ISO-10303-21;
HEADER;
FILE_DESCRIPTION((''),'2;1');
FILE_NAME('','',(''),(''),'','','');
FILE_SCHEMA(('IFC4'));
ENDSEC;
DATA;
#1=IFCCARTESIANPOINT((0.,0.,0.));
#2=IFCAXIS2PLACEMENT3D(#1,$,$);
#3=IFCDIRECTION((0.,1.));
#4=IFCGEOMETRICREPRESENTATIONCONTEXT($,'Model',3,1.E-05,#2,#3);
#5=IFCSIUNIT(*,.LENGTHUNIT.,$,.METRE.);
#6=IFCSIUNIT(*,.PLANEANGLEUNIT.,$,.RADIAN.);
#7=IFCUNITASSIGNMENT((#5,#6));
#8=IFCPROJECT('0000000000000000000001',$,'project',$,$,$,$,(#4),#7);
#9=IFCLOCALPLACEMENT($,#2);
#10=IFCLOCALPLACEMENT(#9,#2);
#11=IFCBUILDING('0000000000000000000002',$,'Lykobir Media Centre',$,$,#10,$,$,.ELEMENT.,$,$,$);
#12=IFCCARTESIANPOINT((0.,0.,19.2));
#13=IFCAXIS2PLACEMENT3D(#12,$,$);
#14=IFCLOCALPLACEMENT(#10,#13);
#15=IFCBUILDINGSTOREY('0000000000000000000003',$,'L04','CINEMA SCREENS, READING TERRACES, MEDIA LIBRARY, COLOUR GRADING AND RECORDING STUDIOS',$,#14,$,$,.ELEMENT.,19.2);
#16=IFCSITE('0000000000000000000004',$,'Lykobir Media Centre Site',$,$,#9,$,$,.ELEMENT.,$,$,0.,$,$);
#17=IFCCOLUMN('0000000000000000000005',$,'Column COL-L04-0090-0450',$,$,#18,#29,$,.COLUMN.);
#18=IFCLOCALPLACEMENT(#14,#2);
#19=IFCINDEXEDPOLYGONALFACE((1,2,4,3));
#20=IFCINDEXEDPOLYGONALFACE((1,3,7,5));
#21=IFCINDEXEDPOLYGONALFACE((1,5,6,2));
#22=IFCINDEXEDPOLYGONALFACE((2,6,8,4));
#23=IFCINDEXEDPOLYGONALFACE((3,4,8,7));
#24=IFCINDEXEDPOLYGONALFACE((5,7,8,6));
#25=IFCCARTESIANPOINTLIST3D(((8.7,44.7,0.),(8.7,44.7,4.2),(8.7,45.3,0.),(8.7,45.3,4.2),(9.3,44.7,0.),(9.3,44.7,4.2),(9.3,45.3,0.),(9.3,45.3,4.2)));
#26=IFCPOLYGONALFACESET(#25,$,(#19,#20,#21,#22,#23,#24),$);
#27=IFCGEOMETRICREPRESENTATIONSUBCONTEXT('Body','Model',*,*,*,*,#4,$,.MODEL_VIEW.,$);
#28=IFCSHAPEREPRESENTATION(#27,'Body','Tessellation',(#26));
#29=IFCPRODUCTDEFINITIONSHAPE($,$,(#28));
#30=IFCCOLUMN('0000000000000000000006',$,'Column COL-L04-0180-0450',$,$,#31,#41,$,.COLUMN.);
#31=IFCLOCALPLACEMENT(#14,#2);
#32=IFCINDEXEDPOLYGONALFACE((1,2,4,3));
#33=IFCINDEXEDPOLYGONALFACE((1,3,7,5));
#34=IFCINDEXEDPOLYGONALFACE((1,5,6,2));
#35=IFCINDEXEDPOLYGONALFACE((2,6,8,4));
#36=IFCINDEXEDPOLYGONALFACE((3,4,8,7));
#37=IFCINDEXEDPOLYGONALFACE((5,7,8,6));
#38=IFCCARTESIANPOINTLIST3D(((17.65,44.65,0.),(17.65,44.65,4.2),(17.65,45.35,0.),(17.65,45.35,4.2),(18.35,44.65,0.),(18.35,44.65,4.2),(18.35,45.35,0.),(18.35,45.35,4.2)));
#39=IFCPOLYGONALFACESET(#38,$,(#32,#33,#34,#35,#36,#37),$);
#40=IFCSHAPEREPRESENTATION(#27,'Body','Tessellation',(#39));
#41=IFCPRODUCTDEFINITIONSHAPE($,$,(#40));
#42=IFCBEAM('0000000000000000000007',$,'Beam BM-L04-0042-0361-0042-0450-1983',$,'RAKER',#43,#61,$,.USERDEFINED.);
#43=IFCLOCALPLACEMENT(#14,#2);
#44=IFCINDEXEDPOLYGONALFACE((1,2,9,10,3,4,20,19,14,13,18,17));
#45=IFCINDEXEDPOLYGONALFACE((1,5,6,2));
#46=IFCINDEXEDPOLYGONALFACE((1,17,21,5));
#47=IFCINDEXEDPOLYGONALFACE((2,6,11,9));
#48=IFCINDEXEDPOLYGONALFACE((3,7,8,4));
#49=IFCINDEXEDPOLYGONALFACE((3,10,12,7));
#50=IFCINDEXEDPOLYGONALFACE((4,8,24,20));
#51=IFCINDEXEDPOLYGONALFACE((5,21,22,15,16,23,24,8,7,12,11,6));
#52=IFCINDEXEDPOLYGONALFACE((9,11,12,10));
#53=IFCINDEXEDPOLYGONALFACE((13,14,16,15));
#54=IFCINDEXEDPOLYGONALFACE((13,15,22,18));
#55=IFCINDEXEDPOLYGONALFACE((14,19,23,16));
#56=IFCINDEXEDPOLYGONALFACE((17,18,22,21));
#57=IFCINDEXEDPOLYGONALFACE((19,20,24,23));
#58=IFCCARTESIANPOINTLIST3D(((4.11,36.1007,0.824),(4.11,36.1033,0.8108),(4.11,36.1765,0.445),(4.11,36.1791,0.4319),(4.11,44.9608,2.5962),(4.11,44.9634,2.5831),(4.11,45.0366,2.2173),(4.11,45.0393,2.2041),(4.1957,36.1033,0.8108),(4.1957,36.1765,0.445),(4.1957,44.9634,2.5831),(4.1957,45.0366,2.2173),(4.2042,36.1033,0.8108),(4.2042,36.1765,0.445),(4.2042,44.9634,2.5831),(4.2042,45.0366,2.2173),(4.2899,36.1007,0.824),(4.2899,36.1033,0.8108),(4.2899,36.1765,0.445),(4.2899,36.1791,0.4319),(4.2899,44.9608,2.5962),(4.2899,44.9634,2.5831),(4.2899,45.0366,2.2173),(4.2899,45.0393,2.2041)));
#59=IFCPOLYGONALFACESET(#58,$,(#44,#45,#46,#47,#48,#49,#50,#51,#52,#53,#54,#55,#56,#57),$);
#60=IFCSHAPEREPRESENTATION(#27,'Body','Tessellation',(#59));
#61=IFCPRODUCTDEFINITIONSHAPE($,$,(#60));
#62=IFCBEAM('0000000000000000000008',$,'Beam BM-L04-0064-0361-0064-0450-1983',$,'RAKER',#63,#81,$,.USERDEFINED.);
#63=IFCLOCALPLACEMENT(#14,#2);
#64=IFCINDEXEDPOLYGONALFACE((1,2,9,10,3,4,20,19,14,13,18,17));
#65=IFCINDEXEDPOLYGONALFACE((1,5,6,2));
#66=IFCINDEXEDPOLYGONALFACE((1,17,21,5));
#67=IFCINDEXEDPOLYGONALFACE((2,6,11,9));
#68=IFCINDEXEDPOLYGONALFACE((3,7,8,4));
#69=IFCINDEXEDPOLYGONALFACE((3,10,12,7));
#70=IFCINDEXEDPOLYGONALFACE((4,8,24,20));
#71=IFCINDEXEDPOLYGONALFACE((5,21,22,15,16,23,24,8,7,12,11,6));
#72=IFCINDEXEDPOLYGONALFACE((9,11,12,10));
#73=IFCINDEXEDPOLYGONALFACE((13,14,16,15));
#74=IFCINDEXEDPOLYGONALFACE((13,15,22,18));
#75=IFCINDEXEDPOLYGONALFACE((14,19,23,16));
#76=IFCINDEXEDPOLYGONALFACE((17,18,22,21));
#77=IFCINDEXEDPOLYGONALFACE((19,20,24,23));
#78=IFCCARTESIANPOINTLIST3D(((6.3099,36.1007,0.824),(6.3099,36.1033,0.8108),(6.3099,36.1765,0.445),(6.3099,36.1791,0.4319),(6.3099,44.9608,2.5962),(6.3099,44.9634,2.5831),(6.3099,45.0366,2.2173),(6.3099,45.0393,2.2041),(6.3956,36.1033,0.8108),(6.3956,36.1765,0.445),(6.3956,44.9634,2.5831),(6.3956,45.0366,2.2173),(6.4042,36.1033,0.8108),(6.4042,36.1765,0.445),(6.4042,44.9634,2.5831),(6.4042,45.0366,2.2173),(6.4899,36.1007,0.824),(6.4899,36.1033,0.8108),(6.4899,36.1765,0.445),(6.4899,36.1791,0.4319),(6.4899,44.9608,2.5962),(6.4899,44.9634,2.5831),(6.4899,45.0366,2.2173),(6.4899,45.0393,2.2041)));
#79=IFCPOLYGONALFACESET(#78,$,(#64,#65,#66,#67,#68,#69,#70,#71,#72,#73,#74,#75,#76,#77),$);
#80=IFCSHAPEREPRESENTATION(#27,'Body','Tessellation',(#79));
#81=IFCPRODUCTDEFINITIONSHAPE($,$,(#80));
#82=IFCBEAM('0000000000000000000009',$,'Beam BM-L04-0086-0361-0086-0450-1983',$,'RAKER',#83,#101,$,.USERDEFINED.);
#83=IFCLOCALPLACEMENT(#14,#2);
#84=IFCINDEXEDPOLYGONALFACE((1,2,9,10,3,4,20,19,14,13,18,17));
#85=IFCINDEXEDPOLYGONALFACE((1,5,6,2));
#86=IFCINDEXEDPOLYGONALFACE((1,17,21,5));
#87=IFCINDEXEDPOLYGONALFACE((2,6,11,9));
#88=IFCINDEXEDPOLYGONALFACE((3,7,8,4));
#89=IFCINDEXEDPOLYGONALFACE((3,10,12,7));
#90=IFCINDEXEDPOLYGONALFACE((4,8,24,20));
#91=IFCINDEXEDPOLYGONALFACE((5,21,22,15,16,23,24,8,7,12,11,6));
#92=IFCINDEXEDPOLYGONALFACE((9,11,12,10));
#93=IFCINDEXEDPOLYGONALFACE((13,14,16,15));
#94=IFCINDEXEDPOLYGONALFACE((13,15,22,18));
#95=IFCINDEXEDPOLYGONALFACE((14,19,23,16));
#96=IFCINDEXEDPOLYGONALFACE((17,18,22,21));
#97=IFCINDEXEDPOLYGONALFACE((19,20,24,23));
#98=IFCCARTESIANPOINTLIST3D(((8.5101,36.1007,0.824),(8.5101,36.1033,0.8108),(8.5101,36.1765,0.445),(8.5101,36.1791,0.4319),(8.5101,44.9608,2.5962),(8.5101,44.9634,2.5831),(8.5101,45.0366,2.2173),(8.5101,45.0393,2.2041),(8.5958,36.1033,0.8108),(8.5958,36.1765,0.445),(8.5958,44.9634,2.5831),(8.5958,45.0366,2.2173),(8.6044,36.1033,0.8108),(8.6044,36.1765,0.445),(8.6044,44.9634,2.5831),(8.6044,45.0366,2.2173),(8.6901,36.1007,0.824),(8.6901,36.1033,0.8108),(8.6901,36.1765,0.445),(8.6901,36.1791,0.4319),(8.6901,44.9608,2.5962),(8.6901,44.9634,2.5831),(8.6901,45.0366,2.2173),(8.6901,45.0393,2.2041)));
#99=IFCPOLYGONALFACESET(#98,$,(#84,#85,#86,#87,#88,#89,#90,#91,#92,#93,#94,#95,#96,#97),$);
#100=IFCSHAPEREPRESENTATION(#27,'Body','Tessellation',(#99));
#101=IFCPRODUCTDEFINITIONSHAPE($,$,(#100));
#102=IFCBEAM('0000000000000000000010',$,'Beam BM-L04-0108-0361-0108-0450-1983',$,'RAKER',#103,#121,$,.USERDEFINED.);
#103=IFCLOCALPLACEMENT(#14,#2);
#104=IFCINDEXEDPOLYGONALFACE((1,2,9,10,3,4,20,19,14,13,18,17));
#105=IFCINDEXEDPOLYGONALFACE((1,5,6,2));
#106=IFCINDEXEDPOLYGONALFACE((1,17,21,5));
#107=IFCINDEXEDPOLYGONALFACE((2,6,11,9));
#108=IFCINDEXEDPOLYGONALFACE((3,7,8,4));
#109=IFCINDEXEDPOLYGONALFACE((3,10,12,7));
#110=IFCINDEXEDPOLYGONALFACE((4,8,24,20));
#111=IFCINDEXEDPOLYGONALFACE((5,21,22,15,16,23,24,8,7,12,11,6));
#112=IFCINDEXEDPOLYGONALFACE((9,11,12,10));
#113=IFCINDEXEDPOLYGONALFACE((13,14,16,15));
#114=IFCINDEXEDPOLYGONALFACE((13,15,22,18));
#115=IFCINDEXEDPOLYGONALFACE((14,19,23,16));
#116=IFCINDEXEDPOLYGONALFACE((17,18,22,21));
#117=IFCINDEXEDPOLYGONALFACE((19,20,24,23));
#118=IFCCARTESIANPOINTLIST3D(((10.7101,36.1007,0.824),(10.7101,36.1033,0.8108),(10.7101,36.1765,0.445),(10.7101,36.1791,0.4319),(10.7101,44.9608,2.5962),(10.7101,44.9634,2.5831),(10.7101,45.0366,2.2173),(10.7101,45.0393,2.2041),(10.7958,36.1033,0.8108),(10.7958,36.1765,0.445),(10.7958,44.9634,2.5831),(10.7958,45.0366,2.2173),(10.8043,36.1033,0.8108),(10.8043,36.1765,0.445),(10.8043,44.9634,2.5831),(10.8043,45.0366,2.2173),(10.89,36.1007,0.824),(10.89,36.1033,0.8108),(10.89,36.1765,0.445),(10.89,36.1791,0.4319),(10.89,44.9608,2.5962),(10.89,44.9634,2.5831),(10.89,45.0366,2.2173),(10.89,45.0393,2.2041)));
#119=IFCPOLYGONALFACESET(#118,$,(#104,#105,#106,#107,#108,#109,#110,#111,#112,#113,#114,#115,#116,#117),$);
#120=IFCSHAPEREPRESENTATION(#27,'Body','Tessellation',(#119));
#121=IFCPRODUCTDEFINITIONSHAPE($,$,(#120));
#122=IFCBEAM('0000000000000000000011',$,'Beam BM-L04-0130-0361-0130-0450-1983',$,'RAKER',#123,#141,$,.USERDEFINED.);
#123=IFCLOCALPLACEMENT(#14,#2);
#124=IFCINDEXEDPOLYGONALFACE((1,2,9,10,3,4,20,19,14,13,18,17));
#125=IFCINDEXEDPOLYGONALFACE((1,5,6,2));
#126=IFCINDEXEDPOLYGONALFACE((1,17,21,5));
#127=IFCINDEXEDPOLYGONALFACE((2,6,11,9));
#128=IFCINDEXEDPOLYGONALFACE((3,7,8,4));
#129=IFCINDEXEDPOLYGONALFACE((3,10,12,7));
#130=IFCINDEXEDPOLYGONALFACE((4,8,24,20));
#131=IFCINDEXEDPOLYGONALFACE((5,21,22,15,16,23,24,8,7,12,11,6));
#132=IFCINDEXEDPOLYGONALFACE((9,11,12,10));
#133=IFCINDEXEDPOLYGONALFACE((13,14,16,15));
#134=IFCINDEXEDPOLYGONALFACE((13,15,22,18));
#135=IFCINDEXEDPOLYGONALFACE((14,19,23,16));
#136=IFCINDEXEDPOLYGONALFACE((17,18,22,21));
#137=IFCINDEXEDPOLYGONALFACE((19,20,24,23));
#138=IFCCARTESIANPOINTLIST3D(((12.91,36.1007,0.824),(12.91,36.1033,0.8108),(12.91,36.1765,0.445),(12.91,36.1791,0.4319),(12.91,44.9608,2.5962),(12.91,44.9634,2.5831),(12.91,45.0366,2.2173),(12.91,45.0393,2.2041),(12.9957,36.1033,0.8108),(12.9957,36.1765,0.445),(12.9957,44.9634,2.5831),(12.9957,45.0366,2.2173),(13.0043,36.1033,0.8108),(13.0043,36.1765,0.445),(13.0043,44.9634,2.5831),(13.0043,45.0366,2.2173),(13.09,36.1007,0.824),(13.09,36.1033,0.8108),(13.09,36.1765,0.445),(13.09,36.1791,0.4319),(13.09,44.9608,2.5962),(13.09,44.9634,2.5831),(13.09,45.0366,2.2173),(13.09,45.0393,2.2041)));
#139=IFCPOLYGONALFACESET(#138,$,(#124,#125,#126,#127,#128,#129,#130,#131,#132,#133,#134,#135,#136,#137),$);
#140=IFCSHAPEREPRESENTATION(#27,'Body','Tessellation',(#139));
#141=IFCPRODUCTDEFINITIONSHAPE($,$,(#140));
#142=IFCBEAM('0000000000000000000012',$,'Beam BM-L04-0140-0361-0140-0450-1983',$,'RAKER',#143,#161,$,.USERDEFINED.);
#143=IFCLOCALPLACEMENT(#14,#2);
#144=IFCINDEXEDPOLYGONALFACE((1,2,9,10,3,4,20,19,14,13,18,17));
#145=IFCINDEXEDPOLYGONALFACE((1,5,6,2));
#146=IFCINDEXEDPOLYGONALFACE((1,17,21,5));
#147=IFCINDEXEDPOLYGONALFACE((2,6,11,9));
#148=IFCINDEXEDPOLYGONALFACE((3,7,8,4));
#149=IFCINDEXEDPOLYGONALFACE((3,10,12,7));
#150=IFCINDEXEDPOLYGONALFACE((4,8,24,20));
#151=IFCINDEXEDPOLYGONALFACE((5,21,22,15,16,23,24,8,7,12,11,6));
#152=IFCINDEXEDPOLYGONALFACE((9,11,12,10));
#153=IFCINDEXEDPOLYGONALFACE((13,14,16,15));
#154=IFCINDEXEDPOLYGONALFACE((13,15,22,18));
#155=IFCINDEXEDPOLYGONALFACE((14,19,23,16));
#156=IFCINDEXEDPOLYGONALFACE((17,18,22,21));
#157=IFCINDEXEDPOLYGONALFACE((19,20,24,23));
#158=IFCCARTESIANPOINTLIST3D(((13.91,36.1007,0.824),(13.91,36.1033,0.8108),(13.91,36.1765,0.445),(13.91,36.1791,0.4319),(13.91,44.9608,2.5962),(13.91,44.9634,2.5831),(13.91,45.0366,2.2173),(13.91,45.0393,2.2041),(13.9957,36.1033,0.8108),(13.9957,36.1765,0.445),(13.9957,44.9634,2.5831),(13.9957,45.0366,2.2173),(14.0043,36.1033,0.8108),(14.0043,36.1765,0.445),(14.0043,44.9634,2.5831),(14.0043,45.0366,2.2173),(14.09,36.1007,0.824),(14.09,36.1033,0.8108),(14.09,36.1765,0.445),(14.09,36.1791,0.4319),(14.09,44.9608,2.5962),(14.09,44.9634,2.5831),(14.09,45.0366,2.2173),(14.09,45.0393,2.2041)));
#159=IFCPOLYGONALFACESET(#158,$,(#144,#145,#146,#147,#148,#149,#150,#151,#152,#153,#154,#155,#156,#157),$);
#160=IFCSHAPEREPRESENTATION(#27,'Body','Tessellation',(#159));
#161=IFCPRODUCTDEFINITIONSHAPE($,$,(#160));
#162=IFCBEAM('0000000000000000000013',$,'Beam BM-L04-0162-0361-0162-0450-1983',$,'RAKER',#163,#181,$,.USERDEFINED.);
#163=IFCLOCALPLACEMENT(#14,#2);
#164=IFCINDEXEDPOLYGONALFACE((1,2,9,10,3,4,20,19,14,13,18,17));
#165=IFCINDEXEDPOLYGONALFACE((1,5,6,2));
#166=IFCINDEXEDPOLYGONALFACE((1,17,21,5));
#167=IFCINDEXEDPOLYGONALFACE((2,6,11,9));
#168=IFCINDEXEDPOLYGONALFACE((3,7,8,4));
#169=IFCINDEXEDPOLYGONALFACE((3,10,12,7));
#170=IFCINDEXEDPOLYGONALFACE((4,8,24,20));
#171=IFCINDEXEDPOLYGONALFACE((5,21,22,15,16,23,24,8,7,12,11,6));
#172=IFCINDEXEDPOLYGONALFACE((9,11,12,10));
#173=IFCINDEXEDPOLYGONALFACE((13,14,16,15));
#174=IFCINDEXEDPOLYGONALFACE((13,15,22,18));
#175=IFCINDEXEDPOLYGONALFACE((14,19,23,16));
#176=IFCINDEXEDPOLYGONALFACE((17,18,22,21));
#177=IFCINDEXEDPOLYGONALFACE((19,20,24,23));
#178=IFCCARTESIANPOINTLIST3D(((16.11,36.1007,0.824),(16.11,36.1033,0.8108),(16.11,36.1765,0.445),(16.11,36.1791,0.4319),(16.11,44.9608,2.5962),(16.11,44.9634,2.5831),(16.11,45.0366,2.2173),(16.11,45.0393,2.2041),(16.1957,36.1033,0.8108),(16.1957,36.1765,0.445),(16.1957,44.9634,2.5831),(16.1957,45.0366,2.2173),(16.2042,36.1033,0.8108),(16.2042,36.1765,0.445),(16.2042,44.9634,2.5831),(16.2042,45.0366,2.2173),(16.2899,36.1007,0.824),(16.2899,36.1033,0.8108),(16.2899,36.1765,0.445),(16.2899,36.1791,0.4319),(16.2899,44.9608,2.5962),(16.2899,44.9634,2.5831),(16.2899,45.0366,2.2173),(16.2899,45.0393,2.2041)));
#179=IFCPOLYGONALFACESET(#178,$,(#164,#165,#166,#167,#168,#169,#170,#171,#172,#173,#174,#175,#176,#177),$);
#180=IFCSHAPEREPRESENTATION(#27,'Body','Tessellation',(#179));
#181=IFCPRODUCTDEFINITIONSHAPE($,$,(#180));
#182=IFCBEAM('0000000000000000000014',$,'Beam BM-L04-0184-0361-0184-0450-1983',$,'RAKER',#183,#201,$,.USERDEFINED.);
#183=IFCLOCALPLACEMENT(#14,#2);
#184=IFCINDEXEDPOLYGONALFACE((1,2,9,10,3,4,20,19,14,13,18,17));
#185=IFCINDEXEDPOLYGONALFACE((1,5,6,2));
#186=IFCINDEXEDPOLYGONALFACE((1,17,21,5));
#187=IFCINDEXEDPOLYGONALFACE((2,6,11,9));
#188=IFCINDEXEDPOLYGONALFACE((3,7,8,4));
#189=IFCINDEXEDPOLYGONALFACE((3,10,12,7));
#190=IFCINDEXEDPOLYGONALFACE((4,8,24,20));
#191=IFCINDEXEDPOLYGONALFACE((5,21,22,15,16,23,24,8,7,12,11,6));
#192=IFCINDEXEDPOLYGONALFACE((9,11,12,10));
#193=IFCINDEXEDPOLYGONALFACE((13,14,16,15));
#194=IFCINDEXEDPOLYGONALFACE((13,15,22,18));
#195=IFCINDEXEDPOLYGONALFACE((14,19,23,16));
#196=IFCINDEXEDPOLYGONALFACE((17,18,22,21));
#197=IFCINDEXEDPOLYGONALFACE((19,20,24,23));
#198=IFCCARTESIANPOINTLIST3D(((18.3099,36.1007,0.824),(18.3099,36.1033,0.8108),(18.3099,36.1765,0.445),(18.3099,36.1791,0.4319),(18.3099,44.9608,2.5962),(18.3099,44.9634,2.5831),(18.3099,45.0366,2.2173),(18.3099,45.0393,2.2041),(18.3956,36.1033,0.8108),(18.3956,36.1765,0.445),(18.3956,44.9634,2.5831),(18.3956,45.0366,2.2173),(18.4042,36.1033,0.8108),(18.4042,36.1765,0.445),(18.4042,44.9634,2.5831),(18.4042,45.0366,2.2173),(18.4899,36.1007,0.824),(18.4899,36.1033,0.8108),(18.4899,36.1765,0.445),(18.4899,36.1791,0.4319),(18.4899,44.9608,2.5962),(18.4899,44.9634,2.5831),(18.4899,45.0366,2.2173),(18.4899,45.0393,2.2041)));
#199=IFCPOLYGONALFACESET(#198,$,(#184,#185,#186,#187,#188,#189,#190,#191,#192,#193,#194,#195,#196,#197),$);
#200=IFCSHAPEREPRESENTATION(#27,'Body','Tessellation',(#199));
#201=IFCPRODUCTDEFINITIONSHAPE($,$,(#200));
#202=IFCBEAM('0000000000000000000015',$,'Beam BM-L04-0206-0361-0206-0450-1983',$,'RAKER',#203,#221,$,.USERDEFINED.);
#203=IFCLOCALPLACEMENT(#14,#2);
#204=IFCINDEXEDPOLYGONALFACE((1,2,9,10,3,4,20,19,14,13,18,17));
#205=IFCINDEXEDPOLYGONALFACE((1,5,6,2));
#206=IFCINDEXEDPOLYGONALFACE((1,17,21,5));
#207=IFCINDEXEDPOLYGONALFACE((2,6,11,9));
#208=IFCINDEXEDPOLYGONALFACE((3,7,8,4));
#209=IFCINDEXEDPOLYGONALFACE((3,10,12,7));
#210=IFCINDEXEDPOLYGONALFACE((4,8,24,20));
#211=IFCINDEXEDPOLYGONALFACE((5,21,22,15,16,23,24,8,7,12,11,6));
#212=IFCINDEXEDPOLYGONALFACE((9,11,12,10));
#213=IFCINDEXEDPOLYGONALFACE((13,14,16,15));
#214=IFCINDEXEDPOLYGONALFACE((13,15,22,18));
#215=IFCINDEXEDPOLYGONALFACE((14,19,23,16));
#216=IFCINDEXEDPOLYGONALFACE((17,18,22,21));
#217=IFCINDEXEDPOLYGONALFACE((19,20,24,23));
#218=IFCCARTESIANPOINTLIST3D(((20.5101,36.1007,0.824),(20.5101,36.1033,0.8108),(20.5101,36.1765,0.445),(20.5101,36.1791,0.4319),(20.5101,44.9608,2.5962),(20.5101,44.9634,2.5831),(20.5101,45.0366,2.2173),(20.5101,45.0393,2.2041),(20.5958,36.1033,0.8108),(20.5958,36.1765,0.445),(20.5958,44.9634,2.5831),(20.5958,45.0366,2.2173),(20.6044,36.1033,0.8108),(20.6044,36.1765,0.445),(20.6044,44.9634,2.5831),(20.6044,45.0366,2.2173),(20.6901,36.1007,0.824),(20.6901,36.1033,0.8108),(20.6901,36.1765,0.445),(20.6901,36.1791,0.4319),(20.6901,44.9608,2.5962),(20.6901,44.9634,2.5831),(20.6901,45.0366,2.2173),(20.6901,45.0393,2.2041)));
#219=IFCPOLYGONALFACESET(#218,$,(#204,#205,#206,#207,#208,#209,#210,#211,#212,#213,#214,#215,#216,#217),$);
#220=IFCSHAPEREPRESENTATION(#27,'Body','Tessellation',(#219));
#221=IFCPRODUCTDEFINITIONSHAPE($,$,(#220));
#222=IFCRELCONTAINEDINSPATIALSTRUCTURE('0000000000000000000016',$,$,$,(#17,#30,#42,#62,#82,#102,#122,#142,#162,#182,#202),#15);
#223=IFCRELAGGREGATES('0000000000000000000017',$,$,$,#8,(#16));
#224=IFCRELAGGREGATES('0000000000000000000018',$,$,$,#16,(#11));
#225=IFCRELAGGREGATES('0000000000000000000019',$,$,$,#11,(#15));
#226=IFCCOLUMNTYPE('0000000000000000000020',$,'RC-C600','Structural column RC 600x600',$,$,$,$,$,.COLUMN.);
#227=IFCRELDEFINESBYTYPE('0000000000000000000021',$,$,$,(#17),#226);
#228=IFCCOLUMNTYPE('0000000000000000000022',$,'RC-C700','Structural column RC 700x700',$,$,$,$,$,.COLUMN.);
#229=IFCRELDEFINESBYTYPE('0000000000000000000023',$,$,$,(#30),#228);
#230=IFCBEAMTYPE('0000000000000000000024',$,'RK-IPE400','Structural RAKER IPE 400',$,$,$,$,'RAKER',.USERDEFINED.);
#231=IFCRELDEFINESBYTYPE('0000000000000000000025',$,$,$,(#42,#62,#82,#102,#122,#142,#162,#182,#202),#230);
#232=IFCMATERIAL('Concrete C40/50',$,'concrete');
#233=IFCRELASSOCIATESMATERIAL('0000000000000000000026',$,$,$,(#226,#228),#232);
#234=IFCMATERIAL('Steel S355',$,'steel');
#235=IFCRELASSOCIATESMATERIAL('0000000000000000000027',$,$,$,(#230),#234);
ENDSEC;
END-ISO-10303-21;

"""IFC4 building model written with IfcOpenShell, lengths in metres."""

from ifc_helpers import new_model, si_unit, direction, frame, origin, origin_2d, place, context, subcontext, project, spatial, rectangle, i_section, extrude, material, material_profile, profile_set, type_object, element, save


model = new_model("IFC4")

# Units and contexts
model_context = context("Model", 3, precision=1e-05, world=origin(), true_north=direction((0.0, 1.0)))
body_context = subcontext(model_context, "Body", "Model", "MODEL_VIEW")
ifc_project = project(units=[si_unit("LENGTHUNIT", "METRE"), si_unit("PLANEANGLEUNIT", "RADIAN")], contexts=[model_context])

# Site, building, storey
site_placement = place(None, origin())
site = spatial("IfcSite", under=ifc_project, at=site_placement, Name="Lykobir Media Centre Site", CompositionType="ELEMENT", RefElevation=0.0)
building_placement = place(site_placement, origin())
building = spatial("IfcBuilding", under=site, at=building_placement, Name="Lykobir Media Centre", CompositionType="ELEMENT")
storey_placement = place(building_placement, frame((0.0, 0.0, 19.2)))
storey = spatial("IfcBuildingStorey", under=building, at=storey_placement, Name="L04", Description="CINEMA SCREENS, READING TERRACES, MEDIA LIBRARY, COLOUR GRADING AND RECORDING STUDIOS", CompositionType="ELEMENT", Elevation=19.2)

# Columns
ifc_material_1 = material(Name="Concrete C40/50", Category="concrete")
ifc_material_profile_1 = material_profile(ifc_material_1, rectangle(XDim=0.6001, YDim=0.6001, at=origin_2d()), Name="RC 600x600")
ifc_profile_set_1 = profile_set([ifc_material_profile_1], Name="Concrete C40/50")
column_type_1 = type_object("IfcColumnType", Name="RC-C600", Description="Structural column RC 600x600", PredefinedType="COLUMN", material=ifc_profile_set_1)
column_1_placement = place(storey_placement, frame((9.0, 45.0, 0.0), z_axis=(0.0, 0.0, 1.0), x_axis=(1.0, 0.0, 0.0)))
element("IfcColumn", 1, at=column_1_placement, inside=storey, type_object=column_type_1, Name="Column COL-L04-0090-0450", PredefinedType="COLUMN", context=body_context, shape_type="SweptSolid", body=[
    extrude(rectangle(XDim=0.6001, YDim=0.6001, at=origin_2d()), origin(), (0.0, 0.0, 1.0), 4.2),
])
ifc_material_profile_2 = material_profile(ifc_material_1, rectangle(XDim=0.7, YDim=0.7, at=origin_2d()), Name="RC 700x700")
ifc_profile_set_2 = profile_set([ifc_material_profile_2], Name="Concrete C40/50")
column_type_2 = type_object("IfcColumnType", Name="RC-C700", Description="Structural column RC 700x700", PredefinedType="COLUMN", material=ifc_profile_set_2)
column_2_placement = place(storey_placement, frame((18.0, 45.0, 0.0), z_axis=(0.0, 0.0, 1.0), x_axis=(1.0, 0.0, 0.0)))
element("IfcColumn", 2, at=column_2_placement, inside=storey, type_object=column_type_2, Name="Column COL-L04-0180-0450", PredefinedType="COLUMN", context=body_context, shape_type="SweptSolid", body=[
    extrude(rectangle(XDim=0.7, YDim=0.7, at=origin_2d()), origin(), (0.0, 0.0, 1.0), 4.2),
])

# Beams
ifc_material_2 = material(Name="Steel S355", Category="steel")
ifc_material_profile_3 = material_profile(ifc_material_2, i_section(OverallWidth=0.1799, OverallDepth=0.3999, WebThickness=0.0085, FlangeThickness=0.0134, at=origin_2d()), Name="IPE 400")
ifc_profile_set_3 = profile_set([ifc_material_profile_3], Name="Steel S355")
beam_type = type_object("IfcBeamType", Name="RK-IPE400", Description="Structural RAKER IPE 400", ElementType="RAKER", PredefinedType="USERDEFINED", material=ifc_profile_set_3)
for number, where, z_axis, x_axis, name in (
    (3, (4.2, 36.1399, 0.6279), (0.0, 0.980577, 0.196137), (-1.0, 0.0, 0.0), "Beam BM-L04-0042-0361-0042-0450-1983"),
    (4, (6.3999, 36.1399, 0.6279), (0.0, 0.980577, 0.196137), (-1.0, 0.0, 0.0), "Beam BM-L04-0064-0361-0064-0450-1983"),
    (5, (8.6001, 36.1399, 0.6279), (0.0, 0.980577, 0.196137), (-1.0, 0.0, 0.0), "Beam BM-L04-0086-0361-0086-0450-1983"),
    (6, (10.8, 36.1399, 0.6279), (0.0, 0.980577, 0.196137), (-1.0, 0.0, 0.0), "Beam BM-L04-0108-0361-0108-0450-1983"),
    (7, (13.0, 36.1399, 0.6279), (0.0, 0.980577, 0.196137), (-1.0, 0.0, 0.0), "Beam BM-L04-0130-0361-0130-0450-1983"),
    (8, (14.0, 36.1399, 0.6279), (0.0, 0.980577, 0.196137), (-1.0, 0.0, 0.0), "Beam BM-L04-0140-0361-0140-0450-1983"),
    (9, (16.2, 36.1399, 0.6279), (0.0, 0.980577, 0.196137), (-1.0, 0.0, 0.0), "Beam BM-L04-0162-0361-0162-0450-1983"),
    (10, (18.3999, 36.1399, 0.6279), (0.0, 0.980577, 0.196137), (-1.0, 0.0, 0.0), "Beam BM-L04-0184-0361-0184-0450-1983"),
    (11, (20.6001, 36.1399, 0.6279), (0.0, 0.980577, 0.196137), (-1.0, 0.0, 0.0), "Beam BM-L04-0206-0361-0206-0450-1983"),
):
    element("IfcBeam", number, at=place(storey_placement, frame(where, z_axis=z_axis, x_axis=x_axis)), inside=storey, type_object=beam_type, Name=name, ObjectType="RAKER", PredefinedType="USERDEFINED", context=body_context, shape_type="SweptSolid", body=[
        extrude(i_section(OverallWidth=0.1799, OverallDepth=0.3999, WebThickness=0.0085, FlangeThickness=0.0134, at=origin_2d()), origin(), (0.0, 0.0, 1.0), 9.0356),
    ])

save(model, "model.ifc")
